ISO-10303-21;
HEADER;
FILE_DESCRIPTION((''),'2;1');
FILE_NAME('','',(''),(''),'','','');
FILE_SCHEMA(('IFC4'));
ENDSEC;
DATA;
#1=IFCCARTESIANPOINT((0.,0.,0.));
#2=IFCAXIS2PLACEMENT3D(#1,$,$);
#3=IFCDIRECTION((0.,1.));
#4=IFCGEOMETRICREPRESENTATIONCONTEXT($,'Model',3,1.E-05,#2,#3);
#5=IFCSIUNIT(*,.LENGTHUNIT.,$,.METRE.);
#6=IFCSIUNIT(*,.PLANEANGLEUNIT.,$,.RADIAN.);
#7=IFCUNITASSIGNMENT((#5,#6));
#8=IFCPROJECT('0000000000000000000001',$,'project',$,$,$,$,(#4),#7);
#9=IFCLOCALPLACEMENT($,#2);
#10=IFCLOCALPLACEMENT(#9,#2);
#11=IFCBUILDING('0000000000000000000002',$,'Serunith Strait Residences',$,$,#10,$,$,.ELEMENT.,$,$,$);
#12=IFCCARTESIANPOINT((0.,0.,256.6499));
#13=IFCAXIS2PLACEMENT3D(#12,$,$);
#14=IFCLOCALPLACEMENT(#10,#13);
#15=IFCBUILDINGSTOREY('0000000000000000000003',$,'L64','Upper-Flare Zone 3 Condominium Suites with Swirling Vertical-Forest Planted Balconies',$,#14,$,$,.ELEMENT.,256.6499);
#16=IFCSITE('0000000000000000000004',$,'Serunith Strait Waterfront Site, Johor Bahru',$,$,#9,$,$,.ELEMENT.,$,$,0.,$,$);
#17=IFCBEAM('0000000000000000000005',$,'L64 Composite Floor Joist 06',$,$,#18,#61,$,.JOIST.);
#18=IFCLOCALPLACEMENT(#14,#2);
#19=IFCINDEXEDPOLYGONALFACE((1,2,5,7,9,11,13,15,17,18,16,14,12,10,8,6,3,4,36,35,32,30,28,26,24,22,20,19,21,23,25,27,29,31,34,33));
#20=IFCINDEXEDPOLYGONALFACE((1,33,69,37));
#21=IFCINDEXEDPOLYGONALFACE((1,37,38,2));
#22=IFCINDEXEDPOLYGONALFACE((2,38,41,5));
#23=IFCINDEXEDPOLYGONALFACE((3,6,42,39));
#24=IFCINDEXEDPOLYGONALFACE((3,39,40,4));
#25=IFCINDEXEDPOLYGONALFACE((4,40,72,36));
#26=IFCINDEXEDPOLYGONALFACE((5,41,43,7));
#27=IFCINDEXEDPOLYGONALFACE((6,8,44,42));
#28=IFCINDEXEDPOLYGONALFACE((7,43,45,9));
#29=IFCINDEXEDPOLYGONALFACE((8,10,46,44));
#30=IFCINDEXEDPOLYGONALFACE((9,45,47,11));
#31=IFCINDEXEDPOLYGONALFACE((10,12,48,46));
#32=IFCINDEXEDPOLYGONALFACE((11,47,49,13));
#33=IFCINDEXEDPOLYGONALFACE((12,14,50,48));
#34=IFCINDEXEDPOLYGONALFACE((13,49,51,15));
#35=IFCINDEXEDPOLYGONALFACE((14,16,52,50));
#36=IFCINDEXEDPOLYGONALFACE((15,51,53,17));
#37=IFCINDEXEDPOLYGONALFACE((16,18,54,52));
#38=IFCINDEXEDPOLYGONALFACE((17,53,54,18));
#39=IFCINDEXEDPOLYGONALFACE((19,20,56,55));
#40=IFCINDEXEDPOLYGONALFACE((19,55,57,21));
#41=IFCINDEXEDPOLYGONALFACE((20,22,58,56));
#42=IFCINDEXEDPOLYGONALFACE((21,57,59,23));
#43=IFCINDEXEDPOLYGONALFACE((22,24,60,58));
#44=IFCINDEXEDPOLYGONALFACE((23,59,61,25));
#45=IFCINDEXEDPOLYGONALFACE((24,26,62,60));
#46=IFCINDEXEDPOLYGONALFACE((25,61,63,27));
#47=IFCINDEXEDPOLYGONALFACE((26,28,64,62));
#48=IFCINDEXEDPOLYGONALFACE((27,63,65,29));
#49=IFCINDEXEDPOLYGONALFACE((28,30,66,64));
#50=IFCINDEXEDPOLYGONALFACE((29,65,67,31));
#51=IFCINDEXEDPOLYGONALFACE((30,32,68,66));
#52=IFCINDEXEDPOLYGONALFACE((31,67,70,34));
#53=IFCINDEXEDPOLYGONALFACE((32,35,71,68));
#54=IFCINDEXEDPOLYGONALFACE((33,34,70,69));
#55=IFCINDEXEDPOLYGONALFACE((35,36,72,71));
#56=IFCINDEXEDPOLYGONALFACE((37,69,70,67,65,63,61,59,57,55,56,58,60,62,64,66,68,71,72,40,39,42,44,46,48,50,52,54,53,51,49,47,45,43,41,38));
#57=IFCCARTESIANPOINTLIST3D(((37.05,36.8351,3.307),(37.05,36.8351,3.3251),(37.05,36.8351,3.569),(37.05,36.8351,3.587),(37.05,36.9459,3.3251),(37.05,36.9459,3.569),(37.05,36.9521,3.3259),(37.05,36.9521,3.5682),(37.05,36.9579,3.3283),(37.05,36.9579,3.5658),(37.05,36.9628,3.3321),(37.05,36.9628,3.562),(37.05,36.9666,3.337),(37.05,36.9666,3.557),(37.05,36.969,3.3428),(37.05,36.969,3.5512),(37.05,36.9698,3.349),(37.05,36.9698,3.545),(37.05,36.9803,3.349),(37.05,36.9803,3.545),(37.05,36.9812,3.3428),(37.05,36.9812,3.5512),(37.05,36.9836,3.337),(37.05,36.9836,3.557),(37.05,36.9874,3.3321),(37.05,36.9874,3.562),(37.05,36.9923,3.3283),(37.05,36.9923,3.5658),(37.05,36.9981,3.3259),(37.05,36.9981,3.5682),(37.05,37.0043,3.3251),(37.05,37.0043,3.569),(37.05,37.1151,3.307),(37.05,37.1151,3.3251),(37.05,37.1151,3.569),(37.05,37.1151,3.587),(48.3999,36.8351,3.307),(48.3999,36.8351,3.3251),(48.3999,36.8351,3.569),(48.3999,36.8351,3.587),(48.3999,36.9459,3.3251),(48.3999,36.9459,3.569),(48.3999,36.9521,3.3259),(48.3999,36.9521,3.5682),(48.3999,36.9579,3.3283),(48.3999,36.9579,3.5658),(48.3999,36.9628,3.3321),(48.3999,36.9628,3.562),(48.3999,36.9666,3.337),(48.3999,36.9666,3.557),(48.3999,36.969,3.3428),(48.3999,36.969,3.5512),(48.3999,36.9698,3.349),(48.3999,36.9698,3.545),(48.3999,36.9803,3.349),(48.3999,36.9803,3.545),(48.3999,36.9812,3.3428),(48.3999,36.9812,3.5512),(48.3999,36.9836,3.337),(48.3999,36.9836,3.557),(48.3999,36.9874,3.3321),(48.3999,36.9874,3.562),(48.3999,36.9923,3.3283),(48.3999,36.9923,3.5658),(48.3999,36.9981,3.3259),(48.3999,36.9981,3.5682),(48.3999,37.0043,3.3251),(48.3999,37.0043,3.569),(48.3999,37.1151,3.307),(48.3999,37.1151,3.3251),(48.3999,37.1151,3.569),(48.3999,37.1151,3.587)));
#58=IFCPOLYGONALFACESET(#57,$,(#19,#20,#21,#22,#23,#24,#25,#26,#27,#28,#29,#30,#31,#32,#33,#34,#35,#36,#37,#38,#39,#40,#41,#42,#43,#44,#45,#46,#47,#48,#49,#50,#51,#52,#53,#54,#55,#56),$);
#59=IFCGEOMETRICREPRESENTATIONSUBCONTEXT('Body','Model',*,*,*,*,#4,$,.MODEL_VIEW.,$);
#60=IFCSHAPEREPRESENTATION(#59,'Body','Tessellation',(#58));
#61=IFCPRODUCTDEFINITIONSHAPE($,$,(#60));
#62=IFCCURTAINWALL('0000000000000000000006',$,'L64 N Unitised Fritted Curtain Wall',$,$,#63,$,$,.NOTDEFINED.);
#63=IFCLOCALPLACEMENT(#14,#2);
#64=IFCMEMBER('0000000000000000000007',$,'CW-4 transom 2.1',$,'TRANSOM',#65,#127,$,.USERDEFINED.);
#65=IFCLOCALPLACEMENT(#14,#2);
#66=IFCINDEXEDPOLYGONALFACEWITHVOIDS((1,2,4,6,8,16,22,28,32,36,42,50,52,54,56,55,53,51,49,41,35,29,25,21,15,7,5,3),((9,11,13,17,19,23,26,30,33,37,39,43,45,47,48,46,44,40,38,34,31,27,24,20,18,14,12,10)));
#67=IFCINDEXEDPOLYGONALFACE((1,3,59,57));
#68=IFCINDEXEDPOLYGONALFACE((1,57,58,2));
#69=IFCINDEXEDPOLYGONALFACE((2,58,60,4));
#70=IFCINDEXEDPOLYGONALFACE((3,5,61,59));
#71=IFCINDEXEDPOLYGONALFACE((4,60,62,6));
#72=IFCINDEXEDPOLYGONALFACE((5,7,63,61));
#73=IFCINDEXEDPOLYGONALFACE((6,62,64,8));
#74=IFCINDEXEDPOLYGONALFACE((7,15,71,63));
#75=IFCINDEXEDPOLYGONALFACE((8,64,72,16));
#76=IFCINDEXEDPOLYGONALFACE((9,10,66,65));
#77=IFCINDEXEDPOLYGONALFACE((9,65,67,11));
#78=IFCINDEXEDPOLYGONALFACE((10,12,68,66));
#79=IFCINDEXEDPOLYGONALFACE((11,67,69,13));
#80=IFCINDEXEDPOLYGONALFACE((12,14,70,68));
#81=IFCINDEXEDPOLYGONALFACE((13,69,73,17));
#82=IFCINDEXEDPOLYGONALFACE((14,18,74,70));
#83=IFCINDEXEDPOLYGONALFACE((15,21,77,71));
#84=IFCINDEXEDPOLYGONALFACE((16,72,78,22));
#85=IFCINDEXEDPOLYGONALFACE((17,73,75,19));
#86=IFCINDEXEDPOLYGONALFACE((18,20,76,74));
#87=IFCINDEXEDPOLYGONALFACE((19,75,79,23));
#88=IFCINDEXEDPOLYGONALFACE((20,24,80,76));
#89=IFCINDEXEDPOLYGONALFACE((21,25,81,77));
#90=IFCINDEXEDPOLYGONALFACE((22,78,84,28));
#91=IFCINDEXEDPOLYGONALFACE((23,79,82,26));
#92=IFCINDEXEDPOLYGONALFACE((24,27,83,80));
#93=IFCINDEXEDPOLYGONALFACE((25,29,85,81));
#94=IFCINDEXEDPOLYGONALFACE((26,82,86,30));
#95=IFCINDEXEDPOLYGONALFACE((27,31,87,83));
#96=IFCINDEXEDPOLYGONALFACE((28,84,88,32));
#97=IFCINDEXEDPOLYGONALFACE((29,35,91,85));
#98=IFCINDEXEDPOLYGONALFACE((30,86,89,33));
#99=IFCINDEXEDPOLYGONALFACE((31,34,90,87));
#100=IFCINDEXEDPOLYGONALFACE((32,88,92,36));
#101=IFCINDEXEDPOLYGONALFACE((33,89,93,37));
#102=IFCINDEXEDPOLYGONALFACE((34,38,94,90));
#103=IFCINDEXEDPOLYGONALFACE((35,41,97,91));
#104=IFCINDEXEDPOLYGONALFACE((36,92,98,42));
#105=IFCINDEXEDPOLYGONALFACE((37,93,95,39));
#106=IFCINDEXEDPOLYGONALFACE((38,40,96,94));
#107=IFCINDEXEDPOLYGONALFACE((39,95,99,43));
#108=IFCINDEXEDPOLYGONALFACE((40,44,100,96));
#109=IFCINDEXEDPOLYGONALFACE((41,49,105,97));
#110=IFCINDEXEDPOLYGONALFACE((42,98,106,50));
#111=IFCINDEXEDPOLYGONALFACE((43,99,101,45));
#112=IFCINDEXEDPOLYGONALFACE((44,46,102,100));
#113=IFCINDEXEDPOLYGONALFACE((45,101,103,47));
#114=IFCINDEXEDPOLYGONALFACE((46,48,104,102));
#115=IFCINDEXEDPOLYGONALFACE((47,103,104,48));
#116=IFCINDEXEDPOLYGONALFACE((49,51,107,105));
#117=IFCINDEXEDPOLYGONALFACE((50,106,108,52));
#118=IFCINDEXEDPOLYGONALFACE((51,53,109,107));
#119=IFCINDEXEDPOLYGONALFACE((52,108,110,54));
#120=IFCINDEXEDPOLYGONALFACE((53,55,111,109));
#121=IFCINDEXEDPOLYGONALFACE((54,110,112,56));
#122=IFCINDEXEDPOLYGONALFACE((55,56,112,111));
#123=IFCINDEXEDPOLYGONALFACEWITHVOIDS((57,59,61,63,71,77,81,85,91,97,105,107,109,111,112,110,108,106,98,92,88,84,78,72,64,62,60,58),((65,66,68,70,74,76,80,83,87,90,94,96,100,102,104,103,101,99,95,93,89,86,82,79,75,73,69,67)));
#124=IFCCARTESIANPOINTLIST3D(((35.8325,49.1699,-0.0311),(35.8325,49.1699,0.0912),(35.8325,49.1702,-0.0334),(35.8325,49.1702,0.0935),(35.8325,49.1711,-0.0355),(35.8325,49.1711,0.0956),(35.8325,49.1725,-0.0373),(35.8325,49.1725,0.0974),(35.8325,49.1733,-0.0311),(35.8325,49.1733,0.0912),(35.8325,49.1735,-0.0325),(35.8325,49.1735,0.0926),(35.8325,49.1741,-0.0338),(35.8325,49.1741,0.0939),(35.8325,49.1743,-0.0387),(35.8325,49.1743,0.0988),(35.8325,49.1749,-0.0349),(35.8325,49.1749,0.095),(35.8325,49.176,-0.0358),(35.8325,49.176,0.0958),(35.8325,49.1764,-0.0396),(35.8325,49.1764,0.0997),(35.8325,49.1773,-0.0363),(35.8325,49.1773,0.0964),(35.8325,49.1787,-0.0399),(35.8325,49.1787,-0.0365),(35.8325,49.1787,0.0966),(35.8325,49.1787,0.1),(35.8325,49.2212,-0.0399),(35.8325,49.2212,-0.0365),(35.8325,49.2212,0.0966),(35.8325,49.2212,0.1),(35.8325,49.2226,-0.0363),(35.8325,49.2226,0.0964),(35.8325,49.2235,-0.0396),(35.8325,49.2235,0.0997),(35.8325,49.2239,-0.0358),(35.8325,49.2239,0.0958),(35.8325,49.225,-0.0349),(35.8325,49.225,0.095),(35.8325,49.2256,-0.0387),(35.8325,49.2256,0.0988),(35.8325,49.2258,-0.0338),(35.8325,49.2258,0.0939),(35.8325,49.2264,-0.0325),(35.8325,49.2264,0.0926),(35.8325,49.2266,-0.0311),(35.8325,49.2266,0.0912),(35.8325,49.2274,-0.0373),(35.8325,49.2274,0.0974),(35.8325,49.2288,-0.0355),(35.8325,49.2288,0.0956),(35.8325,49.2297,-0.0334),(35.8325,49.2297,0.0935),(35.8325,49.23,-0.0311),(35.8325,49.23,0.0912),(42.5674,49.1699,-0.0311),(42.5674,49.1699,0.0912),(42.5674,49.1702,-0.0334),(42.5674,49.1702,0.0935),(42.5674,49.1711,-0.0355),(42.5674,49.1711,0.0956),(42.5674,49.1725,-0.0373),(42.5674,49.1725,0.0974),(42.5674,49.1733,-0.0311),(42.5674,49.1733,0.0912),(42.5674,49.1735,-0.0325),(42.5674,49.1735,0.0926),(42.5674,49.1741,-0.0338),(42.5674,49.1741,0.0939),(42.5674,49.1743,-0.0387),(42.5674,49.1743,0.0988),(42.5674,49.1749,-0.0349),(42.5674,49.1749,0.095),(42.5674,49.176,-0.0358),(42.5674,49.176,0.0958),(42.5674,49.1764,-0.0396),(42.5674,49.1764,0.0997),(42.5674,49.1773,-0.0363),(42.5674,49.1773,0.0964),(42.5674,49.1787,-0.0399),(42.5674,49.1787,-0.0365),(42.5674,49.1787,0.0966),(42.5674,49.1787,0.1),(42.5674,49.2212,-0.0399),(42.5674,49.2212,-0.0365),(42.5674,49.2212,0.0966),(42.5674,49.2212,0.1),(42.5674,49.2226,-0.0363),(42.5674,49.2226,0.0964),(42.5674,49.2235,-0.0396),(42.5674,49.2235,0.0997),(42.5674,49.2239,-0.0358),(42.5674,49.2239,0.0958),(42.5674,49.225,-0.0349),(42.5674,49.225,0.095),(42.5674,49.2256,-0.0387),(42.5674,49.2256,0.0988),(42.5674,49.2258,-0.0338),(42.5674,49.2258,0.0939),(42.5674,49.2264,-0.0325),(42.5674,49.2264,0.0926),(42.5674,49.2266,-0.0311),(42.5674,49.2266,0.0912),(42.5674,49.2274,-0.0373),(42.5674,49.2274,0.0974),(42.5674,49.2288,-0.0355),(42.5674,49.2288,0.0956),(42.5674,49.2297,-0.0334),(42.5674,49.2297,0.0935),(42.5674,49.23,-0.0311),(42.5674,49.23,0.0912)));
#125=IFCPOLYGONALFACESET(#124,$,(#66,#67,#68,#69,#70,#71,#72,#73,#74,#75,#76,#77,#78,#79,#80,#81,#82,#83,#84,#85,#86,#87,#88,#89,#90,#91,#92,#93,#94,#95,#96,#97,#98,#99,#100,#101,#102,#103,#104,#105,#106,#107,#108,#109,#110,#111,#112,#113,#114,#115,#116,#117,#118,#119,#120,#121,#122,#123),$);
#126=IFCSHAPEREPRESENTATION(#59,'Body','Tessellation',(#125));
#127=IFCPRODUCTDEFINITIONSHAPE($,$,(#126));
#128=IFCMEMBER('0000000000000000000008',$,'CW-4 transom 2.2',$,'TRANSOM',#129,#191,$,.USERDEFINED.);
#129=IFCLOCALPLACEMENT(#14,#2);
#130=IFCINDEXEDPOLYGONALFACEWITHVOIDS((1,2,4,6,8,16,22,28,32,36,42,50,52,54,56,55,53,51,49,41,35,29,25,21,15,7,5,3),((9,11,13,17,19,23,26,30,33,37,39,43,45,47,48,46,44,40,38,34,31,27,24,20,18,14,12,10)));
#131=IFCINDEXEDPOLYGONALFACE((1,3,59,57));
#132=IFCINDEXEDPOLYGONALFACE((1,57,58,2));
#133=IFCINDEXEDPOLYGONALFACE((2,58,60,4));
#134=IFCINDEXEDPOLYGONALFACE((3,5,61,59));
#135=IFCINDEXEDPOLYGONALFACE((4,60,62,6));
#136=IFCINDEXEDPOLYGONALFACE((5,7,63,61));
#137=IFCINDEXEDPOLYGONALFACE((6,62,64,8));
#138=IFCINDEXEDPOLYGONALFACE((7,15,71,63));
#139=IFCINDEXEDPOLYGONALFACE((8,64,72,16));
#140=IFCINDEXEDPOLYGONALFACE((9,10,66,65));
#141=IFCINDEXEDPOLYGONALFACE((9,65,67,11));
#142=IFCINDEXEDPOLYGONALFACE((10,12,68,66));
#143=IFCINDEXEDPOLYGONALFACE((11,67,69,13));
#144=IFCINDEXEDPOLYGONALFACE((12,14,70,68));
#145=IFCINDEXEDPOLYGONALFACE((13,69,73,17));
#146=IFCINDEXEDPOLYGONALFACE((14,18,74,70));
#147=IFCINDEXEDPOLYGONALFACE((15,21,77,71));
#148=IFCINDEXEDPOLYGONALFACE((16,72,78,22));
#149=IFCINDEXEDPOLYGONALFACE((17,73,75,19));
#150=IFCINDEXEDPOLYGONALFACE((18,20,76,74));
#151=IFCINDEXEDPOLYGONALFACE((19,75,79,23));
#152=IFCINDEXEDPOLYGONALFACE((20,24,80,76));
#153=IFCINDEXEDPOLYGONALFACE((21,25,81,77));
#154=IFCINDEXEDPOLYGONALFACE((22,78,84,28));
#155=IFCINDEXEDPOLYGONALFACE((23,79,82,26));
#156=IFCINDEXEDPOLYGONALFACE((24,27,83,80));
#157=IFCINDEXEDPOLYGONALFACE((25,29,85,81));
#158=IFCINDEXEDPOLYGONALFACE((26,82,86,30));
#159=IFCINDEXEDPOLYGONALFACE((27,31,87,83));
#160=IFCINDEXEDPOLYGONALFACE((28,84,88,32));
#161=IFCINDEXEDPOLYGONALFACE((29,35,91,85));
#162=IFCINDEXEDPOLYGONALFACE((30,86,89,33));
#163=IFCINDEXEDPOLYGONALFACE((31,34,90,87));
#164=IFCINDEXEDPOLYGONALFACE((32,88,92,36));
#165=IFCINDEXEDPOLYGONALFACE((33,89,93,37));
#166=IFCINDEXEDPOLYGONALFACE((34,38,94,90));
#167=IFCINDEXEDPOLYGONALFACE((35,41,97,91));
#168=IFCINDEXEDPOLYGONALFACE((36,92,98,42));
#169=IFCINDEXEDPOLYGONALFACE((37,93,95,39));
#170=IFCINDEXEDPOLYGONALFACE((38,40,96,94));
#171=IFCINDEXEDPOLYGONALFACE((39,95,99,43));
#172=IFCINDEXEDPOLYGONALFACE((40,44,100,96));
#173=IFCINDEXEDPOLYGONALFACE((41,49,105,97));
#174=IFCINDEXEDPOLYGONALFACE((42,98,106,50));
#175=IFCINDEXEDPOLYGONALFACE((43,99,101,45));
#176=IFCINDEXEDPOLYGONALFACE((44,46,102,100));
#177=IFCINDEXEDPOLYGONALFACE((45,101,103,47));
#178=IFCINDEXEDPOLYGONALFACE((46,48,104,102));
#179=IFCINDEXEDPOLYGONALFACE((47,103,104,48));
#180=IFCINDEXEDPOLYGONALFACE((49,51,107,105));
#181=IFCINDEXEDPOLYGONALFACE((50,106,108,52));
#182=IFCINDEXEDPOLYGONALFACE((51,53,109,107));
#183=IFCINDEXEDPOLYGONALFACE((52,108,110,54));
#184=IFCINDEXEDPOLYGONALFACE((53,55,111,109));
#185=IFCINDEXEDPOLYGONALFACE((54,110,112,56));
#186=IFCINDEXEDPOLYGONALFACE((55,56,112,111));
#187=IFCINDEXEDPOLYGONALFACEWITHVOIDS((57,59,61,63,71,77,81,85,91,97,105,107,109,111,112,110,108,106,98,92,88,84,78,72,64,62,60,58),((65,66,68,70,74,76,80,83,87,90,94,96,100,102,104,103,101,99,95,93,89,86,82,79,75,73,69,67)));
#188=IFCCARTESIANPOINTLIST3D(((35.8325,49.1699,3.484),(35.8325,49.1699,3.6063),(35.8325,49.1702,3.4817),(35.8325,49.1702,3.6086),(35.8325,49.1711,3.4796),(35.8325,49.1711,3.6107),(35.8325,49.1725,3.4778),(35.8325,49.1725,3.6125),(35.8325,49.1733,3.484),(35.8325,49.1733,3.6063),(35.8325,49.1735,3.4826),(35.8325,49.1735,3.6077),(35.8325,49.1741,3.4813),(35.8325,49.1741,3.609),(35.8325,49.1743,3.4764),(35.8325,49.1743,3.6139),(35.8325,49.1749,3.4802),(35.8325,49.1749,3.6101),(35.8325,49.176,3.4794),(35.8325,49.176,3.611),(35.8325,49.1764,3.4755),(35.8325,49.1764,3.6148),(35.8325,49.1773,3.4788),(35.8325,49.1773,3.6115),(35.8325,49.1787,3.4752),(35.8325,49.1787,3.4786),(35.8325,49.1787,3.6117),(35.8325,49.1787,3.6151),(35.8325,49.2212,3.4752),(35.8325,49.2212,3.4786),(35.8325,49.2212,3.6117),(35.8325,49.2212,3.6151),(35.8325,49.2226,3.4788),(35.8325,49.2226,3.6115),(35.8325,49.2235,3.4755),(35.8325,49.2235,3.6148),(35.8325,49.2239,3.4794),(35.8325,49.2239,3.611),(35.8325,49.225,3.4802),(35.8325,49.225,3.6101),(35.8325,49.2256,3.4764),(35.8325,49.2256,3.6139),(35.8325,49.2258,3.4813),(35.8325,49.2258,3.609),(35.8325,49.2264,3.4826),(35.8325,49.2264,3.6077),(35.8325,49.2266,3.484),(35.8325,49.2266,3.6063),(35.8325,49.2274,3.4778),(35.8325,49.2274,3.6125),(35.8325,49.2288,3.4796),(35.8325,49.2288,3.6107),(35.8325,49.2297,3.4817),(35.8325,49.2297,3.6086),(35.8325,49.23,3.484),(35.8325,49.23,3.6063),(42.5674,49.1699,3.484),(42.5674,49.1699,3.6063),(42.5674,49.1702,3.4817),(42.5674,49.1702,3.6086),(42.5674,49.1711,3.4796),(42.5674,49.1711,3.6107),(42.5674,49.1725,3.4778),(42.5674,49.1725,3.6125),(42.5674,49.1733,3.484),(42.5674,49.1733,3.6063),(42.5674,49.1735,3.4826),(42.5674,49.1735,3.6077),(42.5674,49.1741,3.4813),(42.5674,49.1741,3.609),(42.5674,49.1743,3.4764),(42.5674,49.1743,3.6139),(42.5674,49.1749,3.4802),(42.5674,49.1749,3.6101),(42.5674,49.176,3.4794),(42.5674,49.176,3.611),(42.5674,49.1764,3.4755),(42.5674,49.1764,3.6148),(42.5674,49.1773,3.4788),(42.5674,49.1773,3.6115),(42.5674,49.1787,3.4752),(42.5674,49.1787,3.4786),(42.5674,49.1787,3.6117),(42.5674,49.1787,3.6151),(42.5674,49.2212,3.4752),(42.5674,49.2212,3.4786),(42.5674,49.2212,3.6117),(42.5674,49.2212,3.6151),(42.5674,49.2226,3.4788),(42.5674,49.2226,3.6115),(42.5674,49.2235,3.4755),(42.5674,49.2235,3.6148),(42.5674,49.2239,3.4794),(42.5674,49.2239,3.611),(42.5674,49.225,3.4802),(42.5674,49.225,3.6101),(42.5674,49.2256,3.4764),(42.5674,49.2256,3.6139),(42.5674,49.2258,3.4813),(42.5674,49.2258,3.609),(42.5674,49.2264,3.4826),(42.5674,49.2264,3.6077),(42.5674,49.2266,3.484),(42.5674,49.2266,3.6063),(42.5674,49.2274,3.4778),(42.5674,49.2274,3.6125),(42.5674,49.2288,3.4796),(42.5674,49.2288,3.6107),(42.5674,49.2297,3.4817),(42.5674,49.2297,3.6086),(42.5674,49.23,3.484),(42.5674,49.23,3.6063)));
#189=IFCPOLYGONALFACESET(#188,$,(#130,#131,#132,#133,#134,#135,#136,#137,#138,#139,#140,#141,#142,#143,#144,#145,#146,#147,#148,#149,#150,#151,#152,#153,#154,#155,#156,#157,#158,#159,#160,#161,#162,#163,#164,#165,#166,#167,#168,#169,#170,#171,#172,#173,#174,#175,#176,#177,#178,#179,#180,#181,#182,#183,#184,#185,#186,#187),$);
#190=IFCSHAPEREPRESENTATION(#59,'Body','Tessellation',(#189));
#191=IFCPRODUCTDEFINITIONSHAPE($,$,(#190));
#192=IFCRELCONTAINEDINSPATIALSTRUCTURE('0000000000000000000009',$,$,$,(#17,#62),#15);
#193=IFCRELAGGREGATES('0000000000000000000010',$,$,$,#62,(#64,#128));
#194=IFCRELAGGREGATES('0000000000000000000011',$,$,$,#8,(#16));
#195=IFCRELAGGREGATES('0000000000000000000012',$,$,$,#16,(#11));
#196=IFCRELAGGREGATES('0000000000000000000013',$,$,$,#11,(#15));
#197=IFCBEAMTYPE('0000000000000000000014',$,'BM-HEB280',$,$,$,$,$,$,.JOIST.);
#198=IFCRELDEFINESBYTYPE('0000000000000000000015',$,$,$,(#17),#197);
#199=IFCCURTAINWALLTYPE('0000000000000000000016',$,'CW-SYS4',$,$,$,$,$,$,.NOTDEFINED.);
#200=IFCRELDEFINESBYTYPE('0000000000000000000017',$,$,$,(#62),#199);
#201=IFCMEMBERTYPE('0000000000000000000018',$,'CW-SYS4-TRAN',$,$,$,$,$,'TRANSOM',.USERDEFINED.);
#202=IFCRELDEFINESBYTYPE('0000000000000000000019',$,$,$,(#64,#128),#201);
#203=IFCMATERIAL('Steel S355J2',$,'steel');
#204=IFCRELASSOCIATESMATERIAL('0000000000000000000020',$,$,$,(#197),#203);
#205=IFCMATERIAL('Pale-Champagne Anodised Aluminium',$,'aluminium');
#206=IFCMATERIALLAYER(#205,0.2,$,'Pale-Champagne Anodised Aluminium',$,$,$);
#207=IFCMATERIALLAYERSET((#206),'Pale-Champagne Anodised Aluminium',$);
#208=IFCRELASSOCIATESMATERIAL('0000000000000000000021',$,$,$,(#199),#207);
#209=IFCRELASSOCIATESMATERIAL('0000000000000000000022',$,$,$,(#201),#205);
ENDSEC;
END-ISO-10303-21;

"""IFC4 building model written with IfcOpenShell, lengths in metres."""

from ifc_helpers import new_model, si_unit, direction, frame, origin, origin_2d, place, context, subcontext, project, spatial, hollow_rectangle, i_section, extrude, source, transform, mapped, material, layer, layer_set, material_profile, profile_set, type_object, element, aggregate, save


model = new_model("IFC4")

# Units and contexts
model_context = context("Model", 3, precision=1e-05, world=origin(), true_north=direction((0.0, 1.0)))
body_context = subcontext(model_context, "Body", "Model", "MODEL_VIEW")
ifc_project = project(units=[si_unit("LENGTHUNIT", "METRE"), si_unit("PLANEANGLEUNIT", "RADIAN")], contexts=[model_context])

# Site, building, storey
site_placement = place(None, origin())
site = spatial("IfcSite", under=ifc_project, at=site_placement, Name="Serunith Strait Waterfront Site, Johor Bahru", CompositionType="ELEMENT", RefElevation=0.0)
building_placement = place(site_placement, origin())
building = spatial("IfcBuilding", under=site, at=building_placement, Name="Serunith Strait Residences", CompositionType="ELEMENT")
storey_placement = place(building_placement, frame((0.0, 0.0, 256.6499)))
storey = spatial("IfcBuildingStorey", under=building, at=storey_placement, Name="L64", Description="Upper-Flare Zone 3 Condominium Suites with Swirling Vertical-Forest Planted Balconies", CompositionType="ELEMENT", Elevation=256.6499)

# Beam
ifc_material_1 = material(Name="Steel S355J2", Category="steel")
ifc_material_profile_1 = material_profile(ifc_material_1, i_section(OverallWidth=0.28, OverallDepth=0.28, WebThickness=0.0105, FlangeThickness=0.0181, FilletRadius=0.0239, at=origin_2d()), Name="HEB 280")
ifc_profile_set_1 = profile_set([ifc_material_profile_1], Name="Steel S355J2")
beam_type_1 = type_object("IfcBeamType", Name="BM-HEB280", PredefinedType="JOIST", material=ifc_profile_set_1)
shared_shape_1 = source(origin(), body_context, "Body", "SweptSolid", [
    extrude(i_section(OverallWidth=0.28, OverallDepth=0.28, WebThickness=0.0105, FlangeThickness=0.0181, FilletRadius=0.0239, at=origin_2d()), origin(), (0.0, 0.0, 1.0), 11.3499),
])
beam_1_placement = place(storey_placement, frame((37.05, 36.9751, 3.447), z_axis=(1.0, 0.0, 0.0), x_axis=(0.0, 1.0, 0.0)))
element("IfcBeam", 1, at=beam_1_placement, inside=storey, type_object=beam_type_1, Name="L64 Composite Floor Joist 06", PredefinedType="JOIST", context=body_context, shape_type="MappedRepresentation", body=[
    mapped(shared_shape_1, transform((0.0, 0.0, 0.0), scale=1.0)),
])

# Curtain wall, members
ifc_material_2 = material(Name="Pale-Champagne Anodised Aluminium", Category="aluminium")
ifc_layer_1 = layer(ifc_material_2, 0.2, Name="Pale-Champagne Anodised Aluminium")
ifc_layer_set_1 = layer_set([ifc_layer_1], Name="Pale-Champagne Anodised Aluminium")
curtain_wall_type = type_object("IfcCurtainWallType", Name="CW-SYS4", PredefinedType="NOTDEFINED", material=ifc_layer_set_1)
curtain_wall_placement = place(storey_placement, origin())
curtain_wall = element("IfcCurtainWall", 2, at=curtain_wall_placement, inside=storey, type_object=curtain_wall_type, Name="L64 N Unitised Fritted Curtain Wall", PredefinedType="NOTDEFINED")
ifc_material_profile_2 = material_profile(ifc_material_2, hollow_rectangle(XDim=0.0601, YDim=0.1399, WallThickness=0.0034, InnerFilletRadius=0.0054, OuterFilletRadius=0.0088, at=origin_2d()), Name="ALU 140x60x3.5")
ifc_profile_set_2 = profile_set([ifc_material_profile_2], Name="Pale-Champagne Anodised Aluminium")
member_type_1 = type_object("IfcMemberType", Name="CW-SYS4-TRAN", ElementType="TRANSOM", PredefinedType="USERDEFINED", material=ifc_profile_set_2)
shared_shape_2 = source(origin(), body_context, "Body", "SweptSolid", [
    extrude(hollow_rectangle(XDim=0.0601, YDim=0.1399, WallThickness=0.0034, InnerFilletRadius=0.0054, OuterFilletRadius=0.0088, at=origin_2d()), origin(), (0.0, 0.0, 1.0), 6.7349),
])
member_1_placement = place(storey_placement, frame((42.5674, 49.2, 0.03), z_axis=(-1.0, 0.0, 0.0), x_axis=(0.0, -1.0, 0.0)))
member_1 = element("IfcMember", 3, at=member_1_placement, type_object=member_type_1, Name="CW-4 transom 2.1", ObjectType="TRANSOM", PredefinedType="USERDEFINED", context=body_context, shape_type="MappedRepresentation", body=[
    mapped(shared_shape_2, transform((0.0, 0.0, 0.0), scale=1.0)),
])
member_2_placement = place(storey_placement, frame((42.5674, 49.2, 3.5452), z_axis=(-1.0, 0.0, 0.0), x_axis=(0.0, -1.0, 0.0)))
member_2 = element("IfcMember", 4, at=member_2_placement, type_object=member_type_1, Name="CW-4 transom 2.2", ObjectType="TRANSOM", PredefinedType="USERDEFINED", context=body_context, shape_type="MappedRepresentation", body=[
    mapped(shared_shape_2, transform((0.0, 0.0, 0.0), scale=1.0)),
])
aggregate(curtain_wall, [member_1, member_2])

save(model, "model.ifc")
